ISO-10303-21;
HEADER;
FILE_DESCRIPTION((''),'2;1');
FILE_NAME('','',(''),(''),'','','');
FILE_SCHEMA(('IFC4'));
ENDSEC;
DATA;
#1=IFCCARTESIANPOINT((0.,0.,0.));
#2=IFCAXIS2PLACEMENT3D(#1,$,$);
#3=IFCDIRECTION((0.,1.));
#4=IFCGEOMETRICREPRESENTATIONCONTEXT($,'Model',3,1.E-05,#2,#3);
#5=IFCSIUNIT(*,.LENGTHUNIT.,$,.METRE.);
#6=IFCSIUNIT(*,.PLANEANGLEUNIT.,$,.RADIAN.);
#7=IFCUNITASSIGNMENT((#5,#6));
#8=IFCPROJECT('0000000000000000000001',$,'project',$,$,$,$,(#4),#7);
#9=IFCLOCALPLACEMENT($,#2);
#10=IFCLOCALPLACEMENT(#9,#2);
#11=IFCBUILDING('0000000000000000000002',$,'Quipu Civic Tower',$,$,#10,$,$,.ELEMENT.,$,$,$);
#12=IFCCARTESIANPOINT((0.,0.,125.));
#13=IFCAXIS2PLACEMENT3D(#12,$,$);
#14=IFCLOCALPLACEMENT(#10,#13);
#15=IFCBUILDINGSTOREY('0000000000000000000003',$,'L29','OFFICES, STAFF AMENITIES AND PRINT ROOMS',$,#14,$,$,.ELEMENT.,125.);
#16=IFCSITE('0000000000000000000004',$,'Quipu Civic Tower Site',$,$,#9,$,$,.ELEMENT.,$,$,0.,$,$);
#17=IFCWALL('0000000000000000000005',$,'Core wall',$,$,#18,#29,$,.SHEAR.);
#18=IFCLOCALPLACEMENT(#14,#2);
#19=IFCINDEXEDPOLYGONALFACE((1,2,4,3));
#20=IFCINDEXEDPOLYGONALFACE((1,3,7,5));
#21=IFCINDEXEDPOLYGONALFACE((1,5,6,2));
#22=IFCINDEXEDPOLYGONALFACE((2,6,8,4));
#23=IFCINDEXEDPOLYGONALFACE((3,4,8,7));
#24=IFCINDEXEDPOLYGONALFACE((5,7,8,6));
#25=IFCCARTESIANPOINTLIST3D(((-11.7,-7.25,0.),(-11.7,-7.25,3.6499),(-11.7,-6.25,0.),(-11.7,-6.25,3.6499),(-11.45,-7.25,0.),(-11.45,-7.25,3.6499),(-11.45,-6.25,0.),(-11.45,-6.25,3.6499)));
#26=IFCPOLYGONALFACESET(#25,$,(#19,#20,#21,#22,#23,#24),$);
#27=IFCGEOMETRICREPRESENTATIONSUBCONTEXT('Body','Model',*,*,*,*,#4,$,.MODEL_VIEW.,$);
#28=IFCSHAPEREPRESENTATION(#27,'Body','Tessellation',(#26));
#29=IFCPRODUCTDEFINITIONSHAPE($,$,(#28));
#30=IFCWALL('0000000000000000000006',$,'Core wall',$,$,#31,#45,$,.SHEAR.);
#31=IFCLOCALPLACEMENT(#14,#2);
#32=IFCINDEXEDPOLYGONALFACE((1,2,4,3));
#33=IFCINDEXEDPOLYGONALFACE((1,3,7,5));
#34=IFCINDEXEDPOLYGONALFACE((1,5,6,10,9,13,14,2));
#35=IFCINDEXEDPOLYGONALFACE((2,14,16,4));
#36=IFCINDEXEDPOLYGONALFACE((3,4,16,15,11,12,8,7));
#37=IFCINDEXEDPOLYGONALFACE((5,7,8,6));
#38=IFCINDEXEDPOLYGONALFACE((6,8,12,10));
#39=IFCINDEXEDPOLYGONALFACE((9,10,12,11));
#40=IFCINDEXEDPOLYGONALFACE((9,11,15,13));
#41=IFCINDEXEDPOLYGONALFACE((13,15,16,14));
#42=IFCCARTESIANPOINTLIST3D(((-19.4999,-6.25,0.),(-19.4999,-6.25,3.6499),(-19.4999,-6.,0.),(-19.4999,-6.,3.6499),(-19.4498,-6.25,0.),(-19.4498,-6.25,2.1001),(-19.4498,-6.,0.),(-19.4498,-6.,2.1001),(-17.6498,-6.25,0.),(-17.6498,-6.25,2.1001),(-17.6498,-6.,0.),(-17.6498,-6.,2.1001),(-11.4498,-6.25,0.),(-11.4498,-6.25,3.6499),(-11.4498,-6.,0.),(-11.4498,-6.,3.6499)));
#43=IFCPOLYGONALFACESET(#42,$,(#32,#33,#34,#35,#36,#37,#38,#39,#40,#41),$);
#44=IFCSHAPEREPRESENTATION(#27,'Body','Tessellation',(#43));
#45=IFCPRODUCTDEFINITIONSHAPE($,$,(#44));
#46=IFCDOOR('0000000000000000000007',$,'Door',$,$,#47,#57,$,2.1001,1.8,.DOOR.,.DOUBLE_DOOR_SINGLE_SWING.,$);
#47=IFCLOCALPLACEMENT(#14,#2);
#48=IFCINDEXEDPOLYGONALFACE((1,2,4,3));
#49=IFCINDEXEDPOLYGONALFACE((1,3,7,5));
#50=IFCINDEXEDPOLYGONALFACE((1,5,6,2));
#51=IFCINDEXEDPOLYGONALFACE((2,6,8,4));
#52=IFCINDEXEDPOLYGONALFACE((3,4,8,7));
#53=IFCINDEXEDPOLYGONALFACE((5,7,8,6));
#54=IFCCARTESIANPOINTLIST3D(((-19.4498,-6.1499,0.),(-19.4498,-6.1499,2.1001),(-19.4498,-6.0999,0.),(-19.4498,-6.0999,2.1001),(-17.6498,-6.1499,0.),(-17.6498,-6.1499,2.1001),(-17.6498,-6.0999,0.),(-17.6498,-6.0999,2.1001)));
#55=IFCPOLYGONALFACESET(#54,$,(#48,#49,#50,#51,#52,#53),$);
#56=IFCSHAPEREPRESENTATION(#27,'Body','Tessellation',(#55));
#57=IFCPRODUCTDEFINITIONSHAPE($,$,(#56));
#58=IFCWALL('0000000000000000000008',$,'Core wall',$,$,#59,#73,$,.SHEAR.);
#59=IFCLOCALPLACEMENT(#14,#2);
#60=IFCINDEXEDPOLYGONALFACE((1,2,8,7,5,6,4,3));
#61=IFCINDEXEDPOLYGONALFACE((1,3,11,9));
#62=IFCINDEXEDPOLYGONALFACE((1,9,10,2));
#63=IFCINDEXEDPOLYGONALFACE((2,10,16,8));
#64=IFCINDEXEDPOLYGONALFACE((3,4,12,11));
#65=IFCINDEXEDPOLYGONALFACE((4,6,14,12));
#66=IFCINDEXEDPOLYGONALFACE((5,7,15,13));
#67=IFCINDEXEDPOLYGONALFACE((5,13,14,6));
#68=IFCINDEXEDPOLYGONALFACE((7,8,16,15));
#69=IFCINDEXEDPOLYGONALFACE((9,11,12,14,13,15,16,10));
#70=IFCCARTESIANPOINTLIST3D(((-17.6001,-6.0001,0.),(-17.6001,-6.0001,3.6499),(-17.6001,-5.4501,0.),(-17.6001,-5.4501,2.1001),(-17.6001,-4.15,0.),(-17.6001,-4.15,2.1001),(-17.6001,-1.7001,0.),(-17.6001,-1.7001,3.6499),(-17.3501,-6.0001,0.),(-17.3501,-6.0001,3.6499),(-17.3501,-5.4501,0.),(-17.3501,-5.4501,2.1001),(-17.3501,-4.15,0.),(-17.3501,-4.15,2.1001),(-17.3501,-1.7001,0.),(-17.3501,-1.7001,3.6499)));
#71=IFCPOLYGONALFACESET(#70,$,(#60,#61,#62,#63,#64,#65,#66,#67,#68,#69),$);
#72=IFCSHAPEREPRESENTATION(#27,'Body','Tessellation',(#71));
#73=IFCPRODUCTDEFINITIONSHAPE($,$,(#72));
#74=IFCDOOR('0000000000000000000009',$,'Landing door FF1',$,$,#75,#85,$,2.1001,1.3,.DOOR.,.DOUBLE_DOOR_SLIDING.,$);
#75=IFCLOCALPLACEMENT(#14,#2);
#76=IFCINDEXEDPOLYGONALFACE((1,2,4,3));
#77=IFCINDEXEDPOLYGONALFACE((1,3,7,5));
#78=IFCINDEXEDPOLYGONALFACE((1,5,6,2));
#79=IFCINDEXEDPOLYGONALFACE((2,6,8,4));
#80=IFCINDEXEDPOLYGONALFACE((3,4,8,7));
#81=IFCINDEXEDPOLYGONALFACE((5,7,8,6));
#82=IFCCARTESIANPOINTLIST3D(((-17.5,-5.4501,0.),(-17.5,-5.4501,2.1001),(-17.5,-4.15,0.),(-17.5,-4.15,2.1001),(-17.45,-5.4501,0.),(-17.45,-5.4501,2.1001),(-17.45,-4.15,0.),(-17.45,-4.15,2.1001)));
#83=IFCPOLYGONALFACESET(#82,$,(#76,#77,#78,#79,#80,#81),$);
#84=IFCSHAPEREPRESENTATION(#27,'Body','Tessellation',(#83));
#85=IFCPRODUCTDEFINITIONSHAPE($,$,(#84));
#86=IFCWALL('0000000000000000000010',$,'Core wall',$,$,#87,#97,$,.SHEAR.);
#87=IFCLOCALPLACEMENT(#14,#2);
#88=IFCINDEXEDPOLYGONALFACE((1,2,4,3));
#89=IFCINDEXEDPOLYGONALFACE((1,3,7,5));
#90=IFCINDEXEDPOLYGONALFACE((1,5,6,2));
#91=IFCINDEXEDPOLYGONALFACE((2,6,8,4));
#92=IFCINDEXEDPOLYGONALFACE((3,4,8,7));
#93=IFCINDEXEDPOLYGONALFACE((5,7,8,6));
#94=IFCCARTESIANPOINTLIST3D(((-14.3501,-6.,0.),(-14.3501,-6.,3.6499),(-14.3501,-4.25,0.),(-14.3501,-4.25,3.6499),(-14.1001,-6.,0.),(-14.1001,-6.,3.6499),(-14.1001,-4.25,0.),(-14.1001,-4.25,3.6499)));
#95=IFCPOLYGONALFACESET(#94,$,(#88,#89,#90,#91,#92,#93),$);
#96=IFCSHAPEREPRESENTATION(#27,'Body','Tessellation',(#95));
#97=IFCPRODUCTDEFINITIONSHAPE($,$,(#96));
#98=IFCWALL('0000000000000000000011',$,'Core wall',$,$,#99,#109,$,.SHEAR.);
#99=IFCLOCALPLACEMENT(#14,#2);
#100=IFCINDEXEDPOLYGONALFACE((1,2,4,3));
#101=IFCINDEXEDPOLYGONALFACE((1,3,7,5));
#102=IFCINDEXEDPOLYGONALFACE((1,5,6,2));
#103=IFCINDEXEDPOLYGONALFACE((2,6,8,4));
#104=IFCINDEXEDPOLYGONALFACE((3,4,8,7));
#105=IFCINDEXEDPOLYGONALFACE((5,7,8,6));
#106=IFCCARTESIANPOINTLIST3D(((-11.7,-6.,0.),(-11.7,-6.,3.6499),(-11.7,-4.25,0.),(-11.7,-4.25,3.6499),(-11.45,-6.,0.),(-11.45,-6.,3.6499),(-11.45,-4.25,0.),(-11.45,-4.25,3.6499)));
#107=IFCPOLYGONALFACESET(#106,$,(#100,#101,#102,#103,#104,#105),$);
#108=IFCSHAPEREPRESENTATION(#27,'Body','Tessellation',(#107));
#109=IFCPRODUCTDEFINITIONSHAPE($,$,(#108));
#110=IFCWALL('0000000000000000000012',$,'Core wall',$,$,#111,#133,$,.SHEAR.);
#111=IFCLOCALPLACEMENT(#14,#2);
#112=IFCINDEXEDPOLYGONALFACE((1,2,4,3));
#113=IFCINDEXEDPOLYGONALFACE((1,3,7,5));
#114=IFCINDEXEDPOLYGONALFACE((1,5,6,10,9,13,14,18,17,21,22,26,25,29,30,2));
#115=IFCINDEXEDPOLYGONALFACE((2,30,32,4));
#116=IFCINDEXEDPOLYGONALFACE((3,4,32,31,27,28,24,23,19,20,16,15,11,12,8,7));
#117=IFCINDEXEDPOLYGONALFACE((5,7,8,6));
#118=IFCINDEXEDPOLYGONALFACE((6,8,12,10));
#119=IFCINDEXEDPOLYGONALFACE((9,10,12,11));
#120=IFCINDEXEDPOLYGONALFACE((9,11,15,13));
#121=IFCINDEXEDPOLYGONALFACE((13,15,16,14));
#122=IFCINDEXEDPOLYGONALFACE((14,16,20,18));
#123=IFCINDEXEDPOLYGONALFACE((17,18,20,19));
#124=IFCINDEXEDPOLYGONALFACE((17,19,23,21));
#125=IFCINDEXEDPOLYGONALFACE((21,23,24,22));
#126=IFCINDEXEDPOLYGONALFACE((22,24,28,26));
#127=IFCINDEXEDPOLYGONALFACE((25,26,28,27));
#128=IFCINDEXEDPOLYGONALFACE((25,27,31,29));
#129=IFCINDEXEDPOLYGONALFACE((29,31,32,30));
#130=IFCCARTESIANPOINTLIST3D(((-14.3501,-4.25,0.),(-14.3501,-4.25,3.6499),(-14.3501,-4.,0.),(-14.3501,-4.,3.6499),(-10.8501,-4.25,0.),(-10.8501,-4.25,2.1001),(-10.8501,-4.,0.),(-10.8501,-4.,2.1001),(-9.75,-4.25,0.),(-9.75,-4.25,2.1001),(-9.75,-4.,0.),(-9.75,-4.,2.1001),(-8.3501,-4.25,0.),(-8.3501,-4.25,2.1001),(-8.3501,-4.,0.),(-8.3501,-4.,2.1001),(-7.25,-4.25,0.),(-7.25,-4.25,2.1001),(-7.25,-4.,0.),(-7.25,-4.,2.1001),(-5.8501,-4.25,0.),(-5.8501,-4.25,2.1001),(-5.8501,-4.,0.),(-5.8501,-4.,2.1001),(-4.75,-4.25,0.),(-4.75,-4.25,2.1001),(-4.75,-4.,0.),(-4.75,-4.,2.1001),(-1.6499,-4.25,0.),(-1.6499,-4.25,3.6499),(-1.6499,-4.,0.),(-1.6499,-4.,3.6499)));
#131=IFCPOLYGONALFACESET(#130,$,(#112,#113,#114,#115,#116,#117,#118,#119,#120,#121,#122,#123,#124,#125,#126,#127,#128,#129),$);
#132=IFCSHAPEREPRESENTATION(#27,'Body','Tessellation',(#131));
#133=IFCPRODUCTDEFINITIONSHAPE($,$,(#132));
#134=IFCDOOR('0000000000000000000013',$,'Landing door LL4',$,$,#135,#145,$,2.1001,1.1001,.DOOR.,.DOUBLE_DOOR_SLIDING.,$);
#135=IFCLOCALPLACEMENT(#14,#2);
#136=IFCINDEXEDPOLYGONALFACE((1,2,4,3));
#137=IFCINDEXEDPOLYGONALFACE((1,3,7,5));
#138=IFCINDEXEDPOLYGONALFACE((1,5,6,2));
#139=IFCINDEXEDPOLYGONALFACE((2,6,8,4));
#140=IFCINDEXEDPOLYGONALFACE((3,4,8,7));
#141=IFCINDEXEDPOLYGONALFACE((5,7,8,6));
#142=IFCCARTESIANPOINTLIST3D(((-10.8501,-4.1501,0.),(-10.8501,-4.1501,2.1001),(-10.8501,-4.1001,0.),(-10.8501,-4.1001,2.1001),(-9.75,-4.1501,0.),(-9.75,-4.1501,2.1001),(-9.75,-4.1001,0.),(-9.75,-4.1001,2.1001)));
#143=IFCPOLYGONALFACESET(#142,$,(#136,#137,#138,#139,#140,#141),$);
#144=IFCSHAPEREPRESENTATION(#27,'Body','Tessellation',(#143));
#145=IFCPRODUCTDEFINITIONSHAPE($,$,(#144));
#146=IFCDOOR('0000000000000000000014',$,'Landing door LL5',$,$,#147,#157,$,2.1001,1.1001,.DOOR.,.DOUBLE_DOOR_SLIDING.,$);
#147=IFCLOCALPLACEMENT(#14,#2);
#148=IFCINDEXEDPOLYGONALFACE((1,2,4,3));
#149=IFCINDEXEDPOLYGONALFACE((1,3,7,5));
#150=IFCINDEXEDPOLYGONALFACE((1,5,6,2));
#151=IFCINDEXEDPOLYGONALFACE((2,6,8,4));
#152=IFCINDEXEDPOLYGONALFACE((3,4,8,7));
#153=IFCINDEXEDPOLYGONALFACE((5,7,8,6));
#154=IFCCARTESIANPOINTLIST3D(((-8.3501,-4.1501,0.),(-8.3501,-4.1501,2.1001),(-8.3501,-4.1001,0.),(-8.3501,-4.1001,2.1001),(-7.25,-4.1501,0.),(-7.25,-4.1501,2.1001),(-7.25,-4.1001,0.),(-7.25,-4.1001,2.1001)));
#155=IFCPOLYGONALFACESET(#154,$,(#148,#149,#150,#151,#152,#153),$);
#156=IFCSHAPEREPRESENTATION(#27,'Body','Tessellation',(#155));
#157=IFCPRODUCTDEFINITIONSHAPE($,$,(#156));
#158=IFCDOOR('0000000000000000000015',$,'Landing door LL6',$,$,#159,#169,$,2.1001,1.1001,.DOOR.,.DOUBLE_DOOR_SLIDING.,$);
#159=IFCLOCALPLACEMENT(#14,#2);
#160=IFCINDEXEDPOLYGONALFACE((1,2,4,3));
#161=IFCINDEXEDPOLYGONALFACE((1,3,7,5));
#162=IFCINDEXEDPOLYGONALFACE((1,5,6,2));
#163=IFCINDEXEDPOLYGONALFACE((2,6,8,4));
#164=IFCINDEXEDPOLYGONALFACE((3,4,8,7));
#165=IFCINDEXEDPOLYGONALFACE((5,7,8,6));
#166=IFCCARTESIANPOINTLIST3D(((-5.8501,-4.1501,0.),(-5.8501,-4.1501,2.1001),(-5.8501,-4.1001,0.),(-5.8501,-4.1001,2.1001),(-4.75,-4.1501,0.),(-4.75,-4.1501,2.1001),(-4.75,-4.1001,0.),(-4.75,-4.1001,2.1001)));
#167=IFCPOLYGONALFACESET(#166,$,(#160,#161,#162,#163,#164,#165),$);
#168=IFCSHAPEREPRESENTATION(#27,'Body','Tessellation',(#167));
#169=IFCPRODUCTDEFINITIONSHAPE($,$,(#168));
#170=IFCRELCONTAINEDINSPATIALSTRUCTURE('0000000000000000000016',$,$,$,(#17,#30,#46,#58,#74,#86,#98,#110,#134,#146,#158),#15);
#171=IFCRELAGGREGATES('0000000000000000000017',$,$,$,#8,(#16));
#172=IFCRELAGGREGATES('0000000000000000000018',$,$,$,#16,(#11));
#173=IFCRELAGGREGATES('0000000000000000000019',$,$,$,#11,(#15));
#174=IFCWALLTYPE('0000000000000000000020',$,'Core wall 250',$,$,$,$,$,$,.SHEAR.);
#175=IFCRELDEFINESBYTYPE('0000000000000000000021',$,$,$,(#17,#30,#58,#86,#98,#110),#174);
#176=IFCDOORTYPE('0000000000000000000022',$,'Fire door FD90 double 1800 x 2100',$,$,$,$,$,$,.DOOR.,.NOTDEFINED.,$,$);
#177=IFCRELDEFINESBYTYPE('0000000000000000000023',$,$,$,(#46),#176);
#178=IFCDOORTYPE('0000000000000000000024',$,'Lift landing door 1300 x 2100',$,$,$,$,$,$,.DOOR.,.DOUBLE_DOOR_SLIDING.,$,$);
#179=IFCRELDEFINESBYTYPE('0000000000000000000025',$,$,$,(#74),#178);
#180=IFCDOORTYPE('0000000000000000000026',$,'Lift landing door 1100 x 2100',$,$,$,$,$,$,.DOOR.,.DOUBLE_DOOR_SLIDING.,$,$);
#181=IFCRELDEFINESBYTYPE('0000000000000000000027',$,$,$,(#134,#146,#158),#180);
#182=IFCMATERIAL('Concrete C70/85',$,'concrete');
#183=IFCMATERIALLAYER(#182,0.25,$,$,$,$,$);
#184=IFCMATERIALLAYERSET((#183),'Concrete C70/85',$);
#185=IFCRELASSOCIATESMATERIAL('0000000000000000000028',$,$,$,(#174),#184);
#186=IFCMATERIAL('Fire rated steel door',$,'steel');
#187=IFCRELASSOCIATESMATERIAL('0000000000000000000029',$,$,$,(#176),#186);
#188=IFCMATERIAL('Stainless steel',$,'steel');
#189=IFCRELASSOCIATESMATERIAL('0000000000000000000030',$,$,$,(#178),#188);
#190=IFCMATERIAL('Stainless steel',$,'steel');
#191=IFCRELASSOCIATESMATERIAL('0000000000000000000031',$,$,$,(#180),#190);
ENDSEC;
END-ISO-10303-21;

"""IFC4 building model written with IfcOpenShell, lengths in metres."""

from ifc_helpers import new_model, si_unit, direction, frame, frame_2d, origin, place, context, subcontext, project, spatial, rectangle, extrude, material, layer, layer_set, type_object, element, fill, save


model = new_model("IFC4")

# Units and contexts
model_context = context("Model", 3, precision=1e-05, world=origin(), true_north=direction((0.0, 1.0)))
body_context = subcontext(model_context, "Body", "Model", "MODEL_VIEW")
ifc_project = project(units=[si_unit("LENGTHUNIT", "METRE"), si_unit("PLANEANGLEUNIT", "RADIAN")], contexts=[model_context])

# Site, building, storey
site_placement = place(None, origin())
site = spatial("IfcSite", under=ifc_project, at=site_placement, Name="Quipu Civic Tower Site", CompositionType="ELEMENT", RefElevation=0.0)
building_placement = place(site_placement, origin())
building = spatial("IfcBuilding", under=site, at=building_placement, Name="Quipu Civic Tower", CompositionType="ELEMENT")
storey_placement = place(building_placement, frame((0.0, 0.0, 125.0)))
storey = spatial("IfcBuildingStorey", under=building, at=storey_placement, Name="L29", Description="OFFICES, STAFF AMENITIES AND PRINT ROOMS", CompositionType="ELEMENT", Elevation=125.0)

# Wall
ifc_material_1 = material(Name="Concrete C70/85", Category="concrete")
ifc_layer_1 = layer(ifc_material_1, 0.25)
ifc_layer_set_1 = layer_set([ifc_layer_1], Name="Concrete C70/85")
wall_type_1 = type_object("IfcWallType", Name="Core wall 250", PredefinedType="SHEAR", material=ifc_layer_set_1)
wall_1_placement = place(storey_placement, frame((-11.575, -7.25, 0.0), z_axis=(0.0, 0.0, 1.0), x_axis=(0.0, 1.0, 0.0)))
element("IfcWall", 1, at=wall_1_placement, inside=storey, type_object=wall_type_1, Name="Core wall", PredefinedType="SHEAR", context=body_context, shape_type="SweptSolid", body=[
    extrude(rectangle(XDim=1.0, YDim=0.25, at=frame_2d((0.5, 0.0))), origin(), (0.0, 0.0, 1.0), 3.6499),
])

# Walls, openings, doors
wall_2_placement = place(storey_placement, frame((-11.45, -6.125, 0.0), z_axis=(0.0, 0.0, 1.0), x_axis=(-1.0, 0.0, 0.0)))
wall_2 = element("IfcWall", 2, at=wall_2_placement, inside=storey, type_object=wall_type_1, Name="Core wall", PredefinedType="SHEAR", context=body_context, shape_type="SweptSolid", body=[
    extrude(rectangle(XDim=8.05, YDim=0.25, at=frame_2d((4.0249, 0.0))), origin(), (0.0, 0.0, 1.0), 3.6499),
])
opening_1_placement = place(wall_2_placement, frame((6.2, 0.0, 0.0)))
opening_1 = element("IfcOpeningElement", 3, at=opening_1_placement, cuts=wall_2, PredefinedType="OPENING", context=body_context, shape_type="SweptSolid", body=[
    extrude(rectangle(XDim=1.8, YDim=2.1001, at=frame_2d((0.8999, 1.05))), frame((0.0, 0.135, 0.0), z_axis=(0.0, -1.0, 0.0), x_axis=(1.0, 0.0, 0.0)), (0.0, 0.0, 1.0), 0.27),
])
ifc_material_2 = material(Name="Fire rated steel door", Category="steel")
door_type_1 = type_object("IfcDoorType", Name="Fire door FD90 double 1800 x 2100", OperationType="NOTDEFINED", PredefinedType="DOOR", material=ifc_material_2)
door_1_placement = place(opening_1_placement, origin())
door_1 = element("IfcDoor", 4, at=door_1_placement, inside=storey, type_object=door_type_1, Name="Door", OperationType="DOUBLE_DOOR_SINGLE_SWING", OverallHeight=2.1001, OverallWidth=1.8, PredefinedType="DOOR", context=body_context, shape_type="SweptSolid", body=[
    extrude(rectangle(XDim=1.8, YDim=2.1001, at=frame_2d((0.8999, 1.05))), frame((0.0, 0.0249, 0.0), z_axis=(0.0, -1.0, 0.0), x_axis=(1.0, 0.0, 0.0)), (0.0, 0.0, 1.0), 0.05),
])
fill(opening_1, door_1)
wall_3_placement = place(storey_placement, frame((-17.4751, -6.0, 0.0), z_axis=(0.0, 0.0, 1.0), x_axis=(0.0, 1.0, 0.0)))
wall_3 = element("IfcWall", 5, at=wall_3_placement, inside=storey, type_object=wall_type_1, Name="Core wall", PredefinedType="SHEAR", context=body_context, shape_type="SweptSolid", body=[
    extrude(rectangle(XDim=4.3, YDim=0.25, at=frame_2d((2.1499, 0.0))), origin(), (0.0, 0.0, 1.0), 3.6499),
])
opening_2_placement = place(wall_3_placement, frame((0.55, 0.0, 0.0)))
opening_2 = element("IfcOpeningElement", 6, at=opening_2_placement, cuts=wall_3, PredefinedType="OPENING", context=body_context, shape_type="SweptSolid", body=[
    extrude(rectangle(XDim=1.3, YDim=2.1001, at=frame_2d((0.6499, 1.05))), frame((0.0, 0.135, 0.0), z_axis=(0.0, -1.0, 0.0), x_axis=(1.0, 0.0, 0.0)), (0.0, 0.0, 1.0), 0.27),
])
ifc_material_3 = material(Name="Stainless steel", Category="steel")
door_type_2 = type_object("IfcDoorType", Name="Lift landing door 1300 x 2100", OperationType="DOUBLE_DOOR_SLIDING", PredefinedType="DOOR", material=ifc_material_3)
door_2_placement = place(opening_2_placement, origin())
door_2 = element("IfcDoor", 7, at=door_2_placement, inside=storey, type_object=door_type_2, Name="Landing door FF1", OperationType="DOUBLE_DOOR_SLIDING", OverallHeight=2.1001, OverallWidth=1.3, PredefinedType="DOOR", context=body_context, shape_type="SweptSolid", body=[
    extrude(rectangle(XDim=1.3, YDim=2.1001, at=frame_2d((0.6499, 1.05))), frame((0.0, 0.0249, 0.0), z_axis=(0.0, -1.0, 0.0), x_axis=(1.0, 0.0, 0.0)), (0.0, 0.0, 1.0), 0.05),
])
fill(opening_2, door_2)

# Walls
for number, where, z_axis, x_axis, name in (
    (8, (-14.2251, -6.0, 0.0), (0.0, 0.0, 1.0), (0.0, 1.0, 0.0), "Core wall"),
    (9, (-11.575, -6.0, 0.0), (0.0, 0.0, 1.0), (0.0, 1.0, 0.0), "Core wall"),
):
    element("IfcWall", number, at=place(storey_placement, frame(where, z_axis=z_axis, x_axis=x_axis)), inside=storey, type_object=wall_type_1, Name=name, PredefinedType="SHEAR", context=body_context, shape_type="SweptSolid", body=[
        extrude(rectangle(XDim=1.75, YDim=0.25, at=frame_2d((0.875, 0.0))), origin(), (0.0, 0.0, 1.0), 3.6499),
    ])

# Wall, openings, doors
wall_4_placement = place(storey_placement, frame((-14.3501, -4.125, 0.0), z_axis=(0.0, 0.0, 1.0), x_axis=(1.0, 0.0, 0.0)))
wall_4 = element("IfcWall", 10, at=wall_4_placement, inside=storey, type_object=wall_type_1, Name="Core wall", PredefinedType="SHEAR", context=body_context, shape_type="SweptSolid", body=[
    extrude(rectangle(XDim=12.7002, YDim=0.25, at=frame_2d((6.3501, 0.0))), origin(), (0.0, 0.0, 1.0), 3.6499),
])
opening_3_placement = place(wall_4_placement, frame((3.5, 0.0, 0.0)))
opening_3 = element("IfcOpeningElement", 11, at=opening_3_placement, cuts=wall_4, PredefinedType="OPENING", context=body_context, shape_type="SweptSolid", body=[
    extrude(rectangle(XDim=1.1001, YDim=2.1001, at=frame_2d((0.55, 1.05))), frame((0.0, 0.135, 0.0), z_axis=(0.0, -1.0, 0.0), x_axis=(1.0, 0.0, 0.0)), (0.0, 0.0, 1.0), 0.27),
])
opening_4_placement = place(wall_4_placement, frame((6.0, 0.0, 0.0)))
opening_4 = element("IfcOpeningElement", 12, at=opening_4_placement, cuts=wall_4, PredefinedType="OPENING", context=body_context, shape_type="SweptSolid", body=[
    extrude(rectangle(XDim=1.1001, YDim=2.1001, at=frame_2d((0.55, 1.05))), frame((0.0, 0.135, 0.0), z_axis=(0.0, -1.0, 0.0), x_axis=(1.0, 0.0, 0.0)), (0.0, 0.0, 1.0), 0.27),
])
opening_5_placement = place(wall_4_placement, frame((8.5, 0.0, 0.0)))
opening_5 = element("IfcOpeningElement", 13, at=opening_5_placement, cuts=wall_4, PredefinedType="OPENING", context=body_context, shape_type="SweptSolid", body=[
    extrude(rectangle(XDim=1.1001, YDim=2.1001, at=frame_2d((0.55, 1.05))), frame((0.0, 0.135, 0.0), z_axis=(0.0, -1.0, 0.0), x_axis=(1.0, 0.0, 0.0)), (0.0, 0.0, 1.0), 0.27),
])
ifc_material_4 = material(Name="Stainless steel", Category="steel")
door_type_3 = type_object("IfcDoorType", Name="Lift landing door 1100 x 2100", OperationType="DOUBLE_DOOR_SLIDING", PredefinedType="DOOR", material=ifc_material_4)
door_3_placement = place(opening_3_placement, origin())
door_3 = element("IfcDoor", 14, at=door_3_placement, inside=storey, type_object=door_type_3, Name="Landing door LL4", OperationType="DOUBLE_DOOR_SLIDING", OverallHeight=2.1001, OverallWidth=1.1001, PredefinedType="DOOR", context=body_context, shape_type="SweptSolid", body=[
    extrude(rectangle(XDim=1.1001, YDim=2.1001, at=frame_2d((0.55, 1.05))), frame((0.0, 0.0249, 0.0), z_axis=(0.0, -1.0, 0.0), x_axis=(1.0, 0.0, 0.0)), (0.0, 0.0, 1.0), 0.05),
])
fill(opening_3, door_3)
door_4_placement = place(opening_4_placement, origin())
door_4 = element("IfcDoor", 15, at=door_4_placement, inside=storey, type_object=door_type_3, Name="Landing door LL5", OperationType="DOUBLE_DOOR_SLIDING", OverallHeight=2.1001, OverallWidth=1.1001, PredefinedType="DOOR", context=body_context, shape_type="SweptSolid", body=[
    extrude(rectangle(XDim=1.1001, YDim=2.1001, at=frame_2d((0.55, 1.05))), frame((0.0, 0.0249, 0.0), z_axis=(0.0, -1.0, 0.0), x_axis=(1.0, 0.0, 0.0)), (0.0, 0.0, 1.0), 0.05),
])
fill(opening_4, door_4)
door_5_placement = place(opening_5_placement, origin())
door_5 = element("IfcDoor", 16, at=door_5_placement, inside=storey, type_object=door_type_3, Name="Landing door LL6", OperationType="DOUBLE_DOOR_SLIDING", OverallHeight=2.1001, OverallWidth=1.1001, PredefinedType="DOOR", context=body_context, shape_type="SweptSolid", body=[
    extrude(rectangle(XDim=1.1001, YDim=2.1001, at=frame_2d((0.55, 1.05))), frame((0.0, 0.0249, 0.0), z_axis=(0.0, -1.0, 0.0), x_axis=(1.0, 0.0, 0.0)), (0.0, 0.0, 1.0), 0.05),
])
fill(opening_5, door_5)

save(model, "model.ifc")
